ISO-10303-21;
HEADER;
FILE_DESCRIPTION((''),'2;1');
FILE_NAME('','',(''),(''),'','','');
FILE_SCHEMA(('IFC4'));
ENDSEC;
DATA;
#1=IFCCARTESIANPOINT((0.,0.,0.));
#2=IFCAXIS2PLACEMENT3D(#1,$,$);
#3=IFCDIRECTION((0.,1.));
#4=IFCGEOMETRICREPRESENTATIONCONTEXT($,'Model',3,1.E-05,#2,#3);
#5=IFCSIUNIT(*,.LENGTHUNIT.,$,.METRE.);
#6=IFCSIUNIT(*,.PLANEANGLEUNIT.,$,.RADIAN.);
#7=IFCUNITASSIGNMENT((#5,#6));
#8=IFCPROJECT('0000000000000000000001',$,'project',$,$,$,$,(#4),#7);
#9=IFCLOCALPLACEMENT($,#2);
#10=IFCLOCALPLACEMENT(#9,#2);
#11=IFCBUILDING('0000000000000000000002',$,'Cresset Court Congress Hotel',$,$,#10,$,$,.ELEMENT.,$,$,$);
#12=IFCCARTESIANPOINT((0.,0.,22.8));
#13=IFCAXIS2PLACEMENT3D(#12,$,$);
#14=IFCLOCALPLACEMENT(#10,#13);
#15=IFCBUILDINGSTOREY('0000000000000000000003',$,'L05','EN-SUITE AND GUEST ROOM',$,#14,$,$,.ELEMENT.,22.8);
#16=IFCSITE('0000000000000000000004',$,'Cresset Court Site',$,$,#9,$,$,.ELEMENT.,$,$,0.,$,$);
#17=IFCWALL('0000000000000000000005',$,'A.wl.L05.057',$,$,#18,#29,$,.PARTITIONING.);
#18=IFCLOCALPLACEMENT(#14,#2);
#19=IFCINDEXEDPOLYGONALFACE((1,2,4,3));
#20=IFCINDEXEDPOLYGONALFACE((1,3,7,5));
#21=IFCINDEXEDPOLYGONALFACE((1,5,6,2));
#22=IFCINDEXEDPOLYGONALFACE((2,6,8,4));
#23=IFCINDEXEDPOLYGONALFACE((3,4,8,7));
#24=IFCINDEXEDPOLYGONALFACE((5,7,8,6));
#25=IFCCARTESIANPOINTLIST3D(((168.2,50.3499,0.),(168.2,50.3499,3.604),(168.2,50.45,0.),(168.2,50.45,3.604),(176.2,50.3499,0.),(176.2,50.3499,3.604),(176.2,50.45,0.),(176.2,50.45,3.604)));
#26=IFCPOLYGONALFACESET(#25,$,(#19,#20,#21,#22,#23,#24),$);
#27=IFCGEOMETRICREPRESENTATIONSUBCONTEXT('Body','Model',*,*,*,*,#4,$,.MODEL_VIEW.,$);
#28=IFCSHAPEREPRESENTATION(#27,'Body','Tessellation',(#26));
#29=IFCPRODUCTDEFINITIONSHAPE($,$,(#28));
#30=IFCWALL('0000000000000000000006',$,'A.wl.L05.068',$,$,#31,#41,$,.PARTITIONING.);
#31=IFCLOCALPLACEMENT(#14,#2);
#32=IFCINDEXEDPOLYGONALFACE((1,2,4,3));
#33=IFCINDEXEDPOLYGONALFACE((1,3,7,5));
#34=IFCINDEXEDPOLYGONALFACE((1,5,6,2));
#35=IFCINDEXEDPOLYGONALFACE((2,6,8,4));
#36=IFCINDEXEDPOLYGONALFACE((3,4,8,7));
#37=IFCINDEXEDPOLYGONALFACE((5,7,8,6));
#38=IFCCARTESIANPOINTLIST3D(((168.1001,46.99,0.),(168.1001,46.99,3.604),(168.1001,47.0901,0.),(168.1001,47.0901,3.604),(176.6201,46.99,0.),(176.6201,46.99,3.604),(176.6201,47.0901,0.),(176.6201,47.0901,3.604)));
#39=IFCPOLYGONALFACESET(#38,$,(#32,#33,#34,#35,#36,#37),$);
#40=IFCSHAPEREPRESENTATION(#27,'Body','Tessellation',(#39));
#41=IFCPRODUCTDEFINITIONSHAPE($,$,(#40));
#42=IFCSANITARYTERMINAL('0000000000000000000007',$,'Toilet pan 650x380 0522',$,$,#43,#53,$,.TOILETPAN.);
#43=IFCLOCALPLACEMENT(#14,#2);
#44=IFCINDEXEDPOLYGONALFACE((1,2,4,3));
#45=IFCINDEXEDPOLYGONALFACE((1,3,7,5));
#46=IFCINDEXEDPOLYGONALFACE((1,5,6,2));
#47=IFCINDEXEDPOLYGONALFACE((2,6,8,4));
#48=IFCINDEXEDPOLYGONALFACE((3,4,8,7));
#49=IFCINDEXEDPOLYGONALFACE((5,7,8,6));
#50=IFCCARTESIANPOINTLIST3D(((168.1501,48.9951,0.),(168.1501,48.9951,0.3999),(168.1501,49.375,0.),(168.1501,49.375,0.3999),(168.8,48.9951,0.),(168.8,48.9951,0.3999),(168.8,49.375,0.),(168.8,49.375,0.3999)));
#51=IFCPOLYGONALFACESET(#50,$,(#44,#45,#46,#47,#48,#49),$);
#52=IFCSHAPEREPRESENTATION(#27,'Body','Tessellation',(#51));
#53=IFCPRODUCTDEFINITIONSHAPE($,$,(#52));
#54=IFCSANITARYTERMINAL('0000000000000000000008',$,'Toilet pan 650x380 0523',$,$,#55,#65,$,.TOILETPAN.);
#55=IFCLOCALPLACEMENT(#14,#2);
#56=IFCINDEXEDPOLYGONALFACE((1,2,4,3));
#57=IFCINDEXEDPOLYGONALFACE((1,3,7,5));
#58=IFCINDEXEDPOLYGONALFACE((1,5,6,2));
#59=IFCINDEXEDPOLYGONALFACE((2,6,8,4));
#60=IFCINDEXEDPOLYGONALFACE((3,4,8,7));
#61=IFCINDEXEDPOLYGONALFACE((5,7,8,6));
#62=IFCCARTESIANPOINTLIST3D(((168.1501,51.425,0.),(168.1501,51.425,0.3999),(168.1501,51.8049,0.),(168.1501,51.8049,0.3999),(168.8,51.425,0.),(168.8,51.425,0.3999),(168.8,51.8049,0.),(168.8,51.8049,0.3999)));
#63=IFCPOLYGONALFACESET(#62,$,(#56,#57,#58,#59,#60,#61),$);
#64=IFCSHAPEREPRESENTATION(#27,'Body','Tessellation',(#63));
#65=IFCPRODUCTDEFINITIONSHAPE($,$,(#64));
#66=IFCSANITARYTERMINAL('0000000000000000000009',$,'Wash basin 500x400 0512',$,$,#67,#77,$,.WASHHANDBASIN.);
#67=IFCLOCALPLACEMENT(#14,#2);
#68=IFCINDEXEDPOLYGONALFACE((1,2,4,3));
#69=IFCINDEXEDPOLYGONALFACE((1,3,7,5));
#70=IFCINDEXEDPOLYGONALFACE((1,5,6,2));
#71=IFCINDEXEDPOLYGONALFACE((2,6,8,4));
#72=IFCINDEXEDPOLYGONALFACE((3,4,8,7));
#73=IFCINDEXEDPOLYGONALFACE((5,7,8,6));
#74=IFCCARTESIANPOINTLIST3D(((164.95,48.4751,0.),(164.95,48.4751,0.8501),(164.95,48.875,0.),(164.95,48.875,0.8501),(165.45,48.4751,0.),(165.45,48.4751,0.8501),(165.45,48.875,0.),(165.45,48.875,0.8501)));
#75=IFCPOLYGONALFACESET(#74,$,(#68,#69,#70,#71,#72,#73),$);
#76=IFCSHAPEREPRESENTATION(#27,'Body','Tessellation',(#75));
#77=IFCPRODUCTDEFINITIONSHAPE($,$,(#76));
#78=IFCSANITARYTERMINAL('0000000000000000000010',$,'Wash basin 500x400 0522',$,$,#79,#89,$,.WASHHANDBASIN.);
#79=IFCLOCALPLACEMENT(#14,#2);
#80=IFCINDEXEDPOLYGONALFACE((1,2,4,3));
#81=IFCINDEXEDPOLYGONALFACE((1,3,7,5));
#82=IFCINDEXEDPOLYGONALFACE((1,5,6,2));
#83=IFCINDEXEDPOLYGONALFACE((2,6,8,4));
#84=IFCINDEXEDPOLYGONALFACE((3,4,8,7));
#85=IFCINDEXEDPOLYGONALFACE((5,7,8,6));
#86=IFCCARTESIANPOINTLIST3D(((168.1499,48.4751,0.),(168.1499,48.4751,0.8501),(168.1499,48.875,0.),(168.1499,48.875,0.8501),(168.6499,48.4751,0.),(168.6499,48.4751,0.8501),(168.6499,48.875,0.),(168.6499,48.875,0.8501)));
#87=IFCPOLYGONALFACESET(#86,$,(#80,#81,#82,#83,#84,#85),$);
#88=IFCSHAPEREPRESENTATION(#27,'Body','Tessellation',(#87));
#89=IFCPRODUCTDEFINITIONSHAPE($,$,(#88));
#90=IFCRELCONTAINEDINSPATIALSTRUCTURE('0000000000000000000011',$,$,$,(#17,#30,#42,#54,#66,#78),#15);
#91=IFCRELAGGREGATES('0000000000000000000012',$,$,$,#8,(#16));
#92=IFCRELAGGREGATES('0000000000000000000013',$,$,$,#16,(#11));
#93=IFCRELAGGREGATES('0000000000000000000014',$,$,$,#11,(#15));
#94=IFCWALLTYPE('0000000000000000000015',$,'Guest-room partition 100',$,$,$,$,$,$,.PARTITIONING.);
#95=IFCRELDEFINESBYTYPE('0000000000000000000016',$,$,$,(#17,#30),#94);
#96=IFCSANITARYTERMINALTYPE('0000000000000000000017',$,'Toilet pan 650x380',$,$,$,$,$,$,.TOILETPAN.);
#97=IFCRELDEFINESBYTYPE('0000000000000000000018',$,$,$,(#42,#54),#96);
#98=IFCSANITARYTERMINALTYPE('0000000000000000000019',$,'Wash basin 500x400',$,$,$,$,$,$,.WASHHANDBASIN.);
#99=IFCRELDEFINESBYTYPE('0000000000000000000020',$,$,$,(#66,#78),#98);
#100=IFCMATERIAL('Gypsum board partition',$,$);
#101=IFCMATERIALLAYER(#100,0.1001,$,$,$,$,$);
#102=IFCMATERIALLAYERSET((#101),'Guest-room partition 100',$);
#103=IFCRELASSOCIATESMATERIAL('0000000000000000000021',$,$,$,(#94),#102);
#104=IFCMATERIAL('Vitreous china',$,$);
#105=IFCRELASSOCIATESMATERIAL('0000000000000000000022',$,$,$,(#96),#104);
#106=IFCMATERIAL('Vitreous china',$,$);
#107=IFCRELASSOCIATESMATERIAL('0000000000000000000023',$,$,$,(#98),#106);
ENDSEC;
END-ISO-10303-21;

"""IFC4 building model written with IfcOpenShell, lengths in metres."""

from ifc_helpers import new_model, si_unit, direction, frame, frame_2d, origin, origin_2d, place, context, subcontext, project, spatial, rectangle, extrude, material, layer, layer_set, type_object, element, save


model = new_model("IFC4")

# Units and contexts
model_context = context("Model", 3, precision=1e-05, world=origin(), true_north=direction((0.0, 1.0)))
body_context = subcontext(model_context, "Body", "Model", "MODEL_VIEW")
ifc_project = project(units=[si_unit("LENGTHUNIT", "METRE"), si_unit("PLANEANGLEUNIT", "RADIAN")], contexts=[model_context])

# Site, building, storey
site_placement = place(None, origin())
site = spatial("IfcSite", under=ifc_project, at=site_placement, Name="Cresset Court Site", CompositionType="ELEMENT", RefElevation=0.0)
building_placement = place(site_placement, origin())
building = spatial("IfcBuilding", under=site, at=building_placement, Name="Cresset Court Congress Hotel", CompositionType="ELEMENT")
storey_placement = place(building_placement, frame((0.0, 0.0, 22.8)))
storey = spatial("IfcBuildingStorey", under=building, at=storey_placement, Name="L05", Description="EN-SUITE AND GUEST ROOM", CompositionType="ELEMENT", Elevation=22.8)

# Walls
ifc_material_1 = material(Name="Gypsum board partition")
ifc_layer_1 = layer(ifc_material_1, 0.1001)
ifc_layer_set_1 = layer_set([ifc_layer_1], Name="Guest-room partition 100")
wall_type_1 = type_object("IfcWallType", Name="Guest-room partition 100", PredefinedType="PARTITIONING", material=ifc_layer_set_1)
wall_1_placement = place(storey_placement, frame((168.2, 50.3999, 0.0), z_axis=(0.0, 0.0, 1.0), x_axis=(1.0, 0.0, 0.0)))
element("IfcWall", 1, at=wall_1_placement, inside=storey, type_object=wall_type_1, Name="A.wl.L05.057", PredefinedType="PARTITIONING", context=body_context, shape_type="SweptSolid", body=[
    extrude(rectangle(XDim=8.0, YDim=0.1001, at=frame_2d((4.0, 0.0))), origin(), (0.0, 0.0, 1.0), 3.604),
])
wall_2_placement = place(storey_placement, frame((168.1001, 47.04, 0.0), z_axis=(0.0, 0.0, 1.0), x_axis=(1.0, 0.0, 0.0)))
element("IfcWall", 2, at=wall_2_placement, inside=storey, type_object=wall_type_1, Name="A.wl.L05.068", PredefinedType="PARTITIONING", context=body_context, shape_type="SweptSolid", body=[
    extrude(rectangle(XDim=8.52, YDim=0.1001, at=frame_2d((4.26, 0.0))), origin(), (0.0, 0.0, 1.0), 3.604),
])

# Sanitary terminals
ifc_material_2 = material(Name="Vitreous china")
sanitary_terminal_type_1 = type_object("IfcSanitaryTerminalType", Name="Toilet pan 650x380", PredefinedType="TOILETPAN", material=ifc_material_2)
for number, where, z_axis, x_axis, name in (
    (3, (168.4751, 49.1851, 0.0), (0.0, 0.0, 1.0), (1.0, 0.0, 0.0), "Toilet pan 650x380 0522"),
    (4, (168.4751, 51.615, 0.0), (0.0, 0.0, 1.0), (1.0, 0.0, 0.0), "Toilet pan 650x380 0523"),
):
    element("IfcSanitaryTerminal", number, at=place(storey_placement, frame(where, z_axis=z_axis, x_axis=x_axis)), inside=storey, type_object=sanitary_terminal_type_1, Name=name, PredefinedType="TOILETPAN", context=body_context, shape_type="SweptSolid", body=[
        extrude(rectangle(XDim=0.6499, YDim=0.3799, at=origin_2d()), origin(), (0.0, 0.0, 1.0), 0.3999),
    ])
ifc_material_3 = material(Name="Vitreous china")
sanitary_terminal_type_2 = type_object("IfcSanitaryTerminalType", Name="Wash basin 500x400", PredefinedType="WASHHANDBASIN", material=ifc_material_3)
for number, where, z_axis, x_axis, name in (
    (5, (165.2, 48.675, 0.0), (0.0, 0.0, 1.0), (1.0, 0.0, 0.0), "Wash basin 500x400 0512"),
    (6, (168.3999, 48.675, 0.0), (0.0, 0.0, 1.0), (1.0, 0.0, 0.0), "Wash basin 500x400 0522"),
):
    element("IfcSanitaryTerminal", number, at=place(storey_placement, frame(where, z_axis=z_axis, x_axis=x_axis)), inside=storey, type_object=sanitary_terminal_type_2, Name=name, PredefinedType="WASHHANDBASIN", context=body_context, shape_type="SweptSolid", body=[
        extrude(rectangle(XDim=0.5, YDim=0.3999, at=origin_2d()), origin(), (0.0, 0.0, 1.0), 0.8501),
    ])

save(model, "model.ifc")
